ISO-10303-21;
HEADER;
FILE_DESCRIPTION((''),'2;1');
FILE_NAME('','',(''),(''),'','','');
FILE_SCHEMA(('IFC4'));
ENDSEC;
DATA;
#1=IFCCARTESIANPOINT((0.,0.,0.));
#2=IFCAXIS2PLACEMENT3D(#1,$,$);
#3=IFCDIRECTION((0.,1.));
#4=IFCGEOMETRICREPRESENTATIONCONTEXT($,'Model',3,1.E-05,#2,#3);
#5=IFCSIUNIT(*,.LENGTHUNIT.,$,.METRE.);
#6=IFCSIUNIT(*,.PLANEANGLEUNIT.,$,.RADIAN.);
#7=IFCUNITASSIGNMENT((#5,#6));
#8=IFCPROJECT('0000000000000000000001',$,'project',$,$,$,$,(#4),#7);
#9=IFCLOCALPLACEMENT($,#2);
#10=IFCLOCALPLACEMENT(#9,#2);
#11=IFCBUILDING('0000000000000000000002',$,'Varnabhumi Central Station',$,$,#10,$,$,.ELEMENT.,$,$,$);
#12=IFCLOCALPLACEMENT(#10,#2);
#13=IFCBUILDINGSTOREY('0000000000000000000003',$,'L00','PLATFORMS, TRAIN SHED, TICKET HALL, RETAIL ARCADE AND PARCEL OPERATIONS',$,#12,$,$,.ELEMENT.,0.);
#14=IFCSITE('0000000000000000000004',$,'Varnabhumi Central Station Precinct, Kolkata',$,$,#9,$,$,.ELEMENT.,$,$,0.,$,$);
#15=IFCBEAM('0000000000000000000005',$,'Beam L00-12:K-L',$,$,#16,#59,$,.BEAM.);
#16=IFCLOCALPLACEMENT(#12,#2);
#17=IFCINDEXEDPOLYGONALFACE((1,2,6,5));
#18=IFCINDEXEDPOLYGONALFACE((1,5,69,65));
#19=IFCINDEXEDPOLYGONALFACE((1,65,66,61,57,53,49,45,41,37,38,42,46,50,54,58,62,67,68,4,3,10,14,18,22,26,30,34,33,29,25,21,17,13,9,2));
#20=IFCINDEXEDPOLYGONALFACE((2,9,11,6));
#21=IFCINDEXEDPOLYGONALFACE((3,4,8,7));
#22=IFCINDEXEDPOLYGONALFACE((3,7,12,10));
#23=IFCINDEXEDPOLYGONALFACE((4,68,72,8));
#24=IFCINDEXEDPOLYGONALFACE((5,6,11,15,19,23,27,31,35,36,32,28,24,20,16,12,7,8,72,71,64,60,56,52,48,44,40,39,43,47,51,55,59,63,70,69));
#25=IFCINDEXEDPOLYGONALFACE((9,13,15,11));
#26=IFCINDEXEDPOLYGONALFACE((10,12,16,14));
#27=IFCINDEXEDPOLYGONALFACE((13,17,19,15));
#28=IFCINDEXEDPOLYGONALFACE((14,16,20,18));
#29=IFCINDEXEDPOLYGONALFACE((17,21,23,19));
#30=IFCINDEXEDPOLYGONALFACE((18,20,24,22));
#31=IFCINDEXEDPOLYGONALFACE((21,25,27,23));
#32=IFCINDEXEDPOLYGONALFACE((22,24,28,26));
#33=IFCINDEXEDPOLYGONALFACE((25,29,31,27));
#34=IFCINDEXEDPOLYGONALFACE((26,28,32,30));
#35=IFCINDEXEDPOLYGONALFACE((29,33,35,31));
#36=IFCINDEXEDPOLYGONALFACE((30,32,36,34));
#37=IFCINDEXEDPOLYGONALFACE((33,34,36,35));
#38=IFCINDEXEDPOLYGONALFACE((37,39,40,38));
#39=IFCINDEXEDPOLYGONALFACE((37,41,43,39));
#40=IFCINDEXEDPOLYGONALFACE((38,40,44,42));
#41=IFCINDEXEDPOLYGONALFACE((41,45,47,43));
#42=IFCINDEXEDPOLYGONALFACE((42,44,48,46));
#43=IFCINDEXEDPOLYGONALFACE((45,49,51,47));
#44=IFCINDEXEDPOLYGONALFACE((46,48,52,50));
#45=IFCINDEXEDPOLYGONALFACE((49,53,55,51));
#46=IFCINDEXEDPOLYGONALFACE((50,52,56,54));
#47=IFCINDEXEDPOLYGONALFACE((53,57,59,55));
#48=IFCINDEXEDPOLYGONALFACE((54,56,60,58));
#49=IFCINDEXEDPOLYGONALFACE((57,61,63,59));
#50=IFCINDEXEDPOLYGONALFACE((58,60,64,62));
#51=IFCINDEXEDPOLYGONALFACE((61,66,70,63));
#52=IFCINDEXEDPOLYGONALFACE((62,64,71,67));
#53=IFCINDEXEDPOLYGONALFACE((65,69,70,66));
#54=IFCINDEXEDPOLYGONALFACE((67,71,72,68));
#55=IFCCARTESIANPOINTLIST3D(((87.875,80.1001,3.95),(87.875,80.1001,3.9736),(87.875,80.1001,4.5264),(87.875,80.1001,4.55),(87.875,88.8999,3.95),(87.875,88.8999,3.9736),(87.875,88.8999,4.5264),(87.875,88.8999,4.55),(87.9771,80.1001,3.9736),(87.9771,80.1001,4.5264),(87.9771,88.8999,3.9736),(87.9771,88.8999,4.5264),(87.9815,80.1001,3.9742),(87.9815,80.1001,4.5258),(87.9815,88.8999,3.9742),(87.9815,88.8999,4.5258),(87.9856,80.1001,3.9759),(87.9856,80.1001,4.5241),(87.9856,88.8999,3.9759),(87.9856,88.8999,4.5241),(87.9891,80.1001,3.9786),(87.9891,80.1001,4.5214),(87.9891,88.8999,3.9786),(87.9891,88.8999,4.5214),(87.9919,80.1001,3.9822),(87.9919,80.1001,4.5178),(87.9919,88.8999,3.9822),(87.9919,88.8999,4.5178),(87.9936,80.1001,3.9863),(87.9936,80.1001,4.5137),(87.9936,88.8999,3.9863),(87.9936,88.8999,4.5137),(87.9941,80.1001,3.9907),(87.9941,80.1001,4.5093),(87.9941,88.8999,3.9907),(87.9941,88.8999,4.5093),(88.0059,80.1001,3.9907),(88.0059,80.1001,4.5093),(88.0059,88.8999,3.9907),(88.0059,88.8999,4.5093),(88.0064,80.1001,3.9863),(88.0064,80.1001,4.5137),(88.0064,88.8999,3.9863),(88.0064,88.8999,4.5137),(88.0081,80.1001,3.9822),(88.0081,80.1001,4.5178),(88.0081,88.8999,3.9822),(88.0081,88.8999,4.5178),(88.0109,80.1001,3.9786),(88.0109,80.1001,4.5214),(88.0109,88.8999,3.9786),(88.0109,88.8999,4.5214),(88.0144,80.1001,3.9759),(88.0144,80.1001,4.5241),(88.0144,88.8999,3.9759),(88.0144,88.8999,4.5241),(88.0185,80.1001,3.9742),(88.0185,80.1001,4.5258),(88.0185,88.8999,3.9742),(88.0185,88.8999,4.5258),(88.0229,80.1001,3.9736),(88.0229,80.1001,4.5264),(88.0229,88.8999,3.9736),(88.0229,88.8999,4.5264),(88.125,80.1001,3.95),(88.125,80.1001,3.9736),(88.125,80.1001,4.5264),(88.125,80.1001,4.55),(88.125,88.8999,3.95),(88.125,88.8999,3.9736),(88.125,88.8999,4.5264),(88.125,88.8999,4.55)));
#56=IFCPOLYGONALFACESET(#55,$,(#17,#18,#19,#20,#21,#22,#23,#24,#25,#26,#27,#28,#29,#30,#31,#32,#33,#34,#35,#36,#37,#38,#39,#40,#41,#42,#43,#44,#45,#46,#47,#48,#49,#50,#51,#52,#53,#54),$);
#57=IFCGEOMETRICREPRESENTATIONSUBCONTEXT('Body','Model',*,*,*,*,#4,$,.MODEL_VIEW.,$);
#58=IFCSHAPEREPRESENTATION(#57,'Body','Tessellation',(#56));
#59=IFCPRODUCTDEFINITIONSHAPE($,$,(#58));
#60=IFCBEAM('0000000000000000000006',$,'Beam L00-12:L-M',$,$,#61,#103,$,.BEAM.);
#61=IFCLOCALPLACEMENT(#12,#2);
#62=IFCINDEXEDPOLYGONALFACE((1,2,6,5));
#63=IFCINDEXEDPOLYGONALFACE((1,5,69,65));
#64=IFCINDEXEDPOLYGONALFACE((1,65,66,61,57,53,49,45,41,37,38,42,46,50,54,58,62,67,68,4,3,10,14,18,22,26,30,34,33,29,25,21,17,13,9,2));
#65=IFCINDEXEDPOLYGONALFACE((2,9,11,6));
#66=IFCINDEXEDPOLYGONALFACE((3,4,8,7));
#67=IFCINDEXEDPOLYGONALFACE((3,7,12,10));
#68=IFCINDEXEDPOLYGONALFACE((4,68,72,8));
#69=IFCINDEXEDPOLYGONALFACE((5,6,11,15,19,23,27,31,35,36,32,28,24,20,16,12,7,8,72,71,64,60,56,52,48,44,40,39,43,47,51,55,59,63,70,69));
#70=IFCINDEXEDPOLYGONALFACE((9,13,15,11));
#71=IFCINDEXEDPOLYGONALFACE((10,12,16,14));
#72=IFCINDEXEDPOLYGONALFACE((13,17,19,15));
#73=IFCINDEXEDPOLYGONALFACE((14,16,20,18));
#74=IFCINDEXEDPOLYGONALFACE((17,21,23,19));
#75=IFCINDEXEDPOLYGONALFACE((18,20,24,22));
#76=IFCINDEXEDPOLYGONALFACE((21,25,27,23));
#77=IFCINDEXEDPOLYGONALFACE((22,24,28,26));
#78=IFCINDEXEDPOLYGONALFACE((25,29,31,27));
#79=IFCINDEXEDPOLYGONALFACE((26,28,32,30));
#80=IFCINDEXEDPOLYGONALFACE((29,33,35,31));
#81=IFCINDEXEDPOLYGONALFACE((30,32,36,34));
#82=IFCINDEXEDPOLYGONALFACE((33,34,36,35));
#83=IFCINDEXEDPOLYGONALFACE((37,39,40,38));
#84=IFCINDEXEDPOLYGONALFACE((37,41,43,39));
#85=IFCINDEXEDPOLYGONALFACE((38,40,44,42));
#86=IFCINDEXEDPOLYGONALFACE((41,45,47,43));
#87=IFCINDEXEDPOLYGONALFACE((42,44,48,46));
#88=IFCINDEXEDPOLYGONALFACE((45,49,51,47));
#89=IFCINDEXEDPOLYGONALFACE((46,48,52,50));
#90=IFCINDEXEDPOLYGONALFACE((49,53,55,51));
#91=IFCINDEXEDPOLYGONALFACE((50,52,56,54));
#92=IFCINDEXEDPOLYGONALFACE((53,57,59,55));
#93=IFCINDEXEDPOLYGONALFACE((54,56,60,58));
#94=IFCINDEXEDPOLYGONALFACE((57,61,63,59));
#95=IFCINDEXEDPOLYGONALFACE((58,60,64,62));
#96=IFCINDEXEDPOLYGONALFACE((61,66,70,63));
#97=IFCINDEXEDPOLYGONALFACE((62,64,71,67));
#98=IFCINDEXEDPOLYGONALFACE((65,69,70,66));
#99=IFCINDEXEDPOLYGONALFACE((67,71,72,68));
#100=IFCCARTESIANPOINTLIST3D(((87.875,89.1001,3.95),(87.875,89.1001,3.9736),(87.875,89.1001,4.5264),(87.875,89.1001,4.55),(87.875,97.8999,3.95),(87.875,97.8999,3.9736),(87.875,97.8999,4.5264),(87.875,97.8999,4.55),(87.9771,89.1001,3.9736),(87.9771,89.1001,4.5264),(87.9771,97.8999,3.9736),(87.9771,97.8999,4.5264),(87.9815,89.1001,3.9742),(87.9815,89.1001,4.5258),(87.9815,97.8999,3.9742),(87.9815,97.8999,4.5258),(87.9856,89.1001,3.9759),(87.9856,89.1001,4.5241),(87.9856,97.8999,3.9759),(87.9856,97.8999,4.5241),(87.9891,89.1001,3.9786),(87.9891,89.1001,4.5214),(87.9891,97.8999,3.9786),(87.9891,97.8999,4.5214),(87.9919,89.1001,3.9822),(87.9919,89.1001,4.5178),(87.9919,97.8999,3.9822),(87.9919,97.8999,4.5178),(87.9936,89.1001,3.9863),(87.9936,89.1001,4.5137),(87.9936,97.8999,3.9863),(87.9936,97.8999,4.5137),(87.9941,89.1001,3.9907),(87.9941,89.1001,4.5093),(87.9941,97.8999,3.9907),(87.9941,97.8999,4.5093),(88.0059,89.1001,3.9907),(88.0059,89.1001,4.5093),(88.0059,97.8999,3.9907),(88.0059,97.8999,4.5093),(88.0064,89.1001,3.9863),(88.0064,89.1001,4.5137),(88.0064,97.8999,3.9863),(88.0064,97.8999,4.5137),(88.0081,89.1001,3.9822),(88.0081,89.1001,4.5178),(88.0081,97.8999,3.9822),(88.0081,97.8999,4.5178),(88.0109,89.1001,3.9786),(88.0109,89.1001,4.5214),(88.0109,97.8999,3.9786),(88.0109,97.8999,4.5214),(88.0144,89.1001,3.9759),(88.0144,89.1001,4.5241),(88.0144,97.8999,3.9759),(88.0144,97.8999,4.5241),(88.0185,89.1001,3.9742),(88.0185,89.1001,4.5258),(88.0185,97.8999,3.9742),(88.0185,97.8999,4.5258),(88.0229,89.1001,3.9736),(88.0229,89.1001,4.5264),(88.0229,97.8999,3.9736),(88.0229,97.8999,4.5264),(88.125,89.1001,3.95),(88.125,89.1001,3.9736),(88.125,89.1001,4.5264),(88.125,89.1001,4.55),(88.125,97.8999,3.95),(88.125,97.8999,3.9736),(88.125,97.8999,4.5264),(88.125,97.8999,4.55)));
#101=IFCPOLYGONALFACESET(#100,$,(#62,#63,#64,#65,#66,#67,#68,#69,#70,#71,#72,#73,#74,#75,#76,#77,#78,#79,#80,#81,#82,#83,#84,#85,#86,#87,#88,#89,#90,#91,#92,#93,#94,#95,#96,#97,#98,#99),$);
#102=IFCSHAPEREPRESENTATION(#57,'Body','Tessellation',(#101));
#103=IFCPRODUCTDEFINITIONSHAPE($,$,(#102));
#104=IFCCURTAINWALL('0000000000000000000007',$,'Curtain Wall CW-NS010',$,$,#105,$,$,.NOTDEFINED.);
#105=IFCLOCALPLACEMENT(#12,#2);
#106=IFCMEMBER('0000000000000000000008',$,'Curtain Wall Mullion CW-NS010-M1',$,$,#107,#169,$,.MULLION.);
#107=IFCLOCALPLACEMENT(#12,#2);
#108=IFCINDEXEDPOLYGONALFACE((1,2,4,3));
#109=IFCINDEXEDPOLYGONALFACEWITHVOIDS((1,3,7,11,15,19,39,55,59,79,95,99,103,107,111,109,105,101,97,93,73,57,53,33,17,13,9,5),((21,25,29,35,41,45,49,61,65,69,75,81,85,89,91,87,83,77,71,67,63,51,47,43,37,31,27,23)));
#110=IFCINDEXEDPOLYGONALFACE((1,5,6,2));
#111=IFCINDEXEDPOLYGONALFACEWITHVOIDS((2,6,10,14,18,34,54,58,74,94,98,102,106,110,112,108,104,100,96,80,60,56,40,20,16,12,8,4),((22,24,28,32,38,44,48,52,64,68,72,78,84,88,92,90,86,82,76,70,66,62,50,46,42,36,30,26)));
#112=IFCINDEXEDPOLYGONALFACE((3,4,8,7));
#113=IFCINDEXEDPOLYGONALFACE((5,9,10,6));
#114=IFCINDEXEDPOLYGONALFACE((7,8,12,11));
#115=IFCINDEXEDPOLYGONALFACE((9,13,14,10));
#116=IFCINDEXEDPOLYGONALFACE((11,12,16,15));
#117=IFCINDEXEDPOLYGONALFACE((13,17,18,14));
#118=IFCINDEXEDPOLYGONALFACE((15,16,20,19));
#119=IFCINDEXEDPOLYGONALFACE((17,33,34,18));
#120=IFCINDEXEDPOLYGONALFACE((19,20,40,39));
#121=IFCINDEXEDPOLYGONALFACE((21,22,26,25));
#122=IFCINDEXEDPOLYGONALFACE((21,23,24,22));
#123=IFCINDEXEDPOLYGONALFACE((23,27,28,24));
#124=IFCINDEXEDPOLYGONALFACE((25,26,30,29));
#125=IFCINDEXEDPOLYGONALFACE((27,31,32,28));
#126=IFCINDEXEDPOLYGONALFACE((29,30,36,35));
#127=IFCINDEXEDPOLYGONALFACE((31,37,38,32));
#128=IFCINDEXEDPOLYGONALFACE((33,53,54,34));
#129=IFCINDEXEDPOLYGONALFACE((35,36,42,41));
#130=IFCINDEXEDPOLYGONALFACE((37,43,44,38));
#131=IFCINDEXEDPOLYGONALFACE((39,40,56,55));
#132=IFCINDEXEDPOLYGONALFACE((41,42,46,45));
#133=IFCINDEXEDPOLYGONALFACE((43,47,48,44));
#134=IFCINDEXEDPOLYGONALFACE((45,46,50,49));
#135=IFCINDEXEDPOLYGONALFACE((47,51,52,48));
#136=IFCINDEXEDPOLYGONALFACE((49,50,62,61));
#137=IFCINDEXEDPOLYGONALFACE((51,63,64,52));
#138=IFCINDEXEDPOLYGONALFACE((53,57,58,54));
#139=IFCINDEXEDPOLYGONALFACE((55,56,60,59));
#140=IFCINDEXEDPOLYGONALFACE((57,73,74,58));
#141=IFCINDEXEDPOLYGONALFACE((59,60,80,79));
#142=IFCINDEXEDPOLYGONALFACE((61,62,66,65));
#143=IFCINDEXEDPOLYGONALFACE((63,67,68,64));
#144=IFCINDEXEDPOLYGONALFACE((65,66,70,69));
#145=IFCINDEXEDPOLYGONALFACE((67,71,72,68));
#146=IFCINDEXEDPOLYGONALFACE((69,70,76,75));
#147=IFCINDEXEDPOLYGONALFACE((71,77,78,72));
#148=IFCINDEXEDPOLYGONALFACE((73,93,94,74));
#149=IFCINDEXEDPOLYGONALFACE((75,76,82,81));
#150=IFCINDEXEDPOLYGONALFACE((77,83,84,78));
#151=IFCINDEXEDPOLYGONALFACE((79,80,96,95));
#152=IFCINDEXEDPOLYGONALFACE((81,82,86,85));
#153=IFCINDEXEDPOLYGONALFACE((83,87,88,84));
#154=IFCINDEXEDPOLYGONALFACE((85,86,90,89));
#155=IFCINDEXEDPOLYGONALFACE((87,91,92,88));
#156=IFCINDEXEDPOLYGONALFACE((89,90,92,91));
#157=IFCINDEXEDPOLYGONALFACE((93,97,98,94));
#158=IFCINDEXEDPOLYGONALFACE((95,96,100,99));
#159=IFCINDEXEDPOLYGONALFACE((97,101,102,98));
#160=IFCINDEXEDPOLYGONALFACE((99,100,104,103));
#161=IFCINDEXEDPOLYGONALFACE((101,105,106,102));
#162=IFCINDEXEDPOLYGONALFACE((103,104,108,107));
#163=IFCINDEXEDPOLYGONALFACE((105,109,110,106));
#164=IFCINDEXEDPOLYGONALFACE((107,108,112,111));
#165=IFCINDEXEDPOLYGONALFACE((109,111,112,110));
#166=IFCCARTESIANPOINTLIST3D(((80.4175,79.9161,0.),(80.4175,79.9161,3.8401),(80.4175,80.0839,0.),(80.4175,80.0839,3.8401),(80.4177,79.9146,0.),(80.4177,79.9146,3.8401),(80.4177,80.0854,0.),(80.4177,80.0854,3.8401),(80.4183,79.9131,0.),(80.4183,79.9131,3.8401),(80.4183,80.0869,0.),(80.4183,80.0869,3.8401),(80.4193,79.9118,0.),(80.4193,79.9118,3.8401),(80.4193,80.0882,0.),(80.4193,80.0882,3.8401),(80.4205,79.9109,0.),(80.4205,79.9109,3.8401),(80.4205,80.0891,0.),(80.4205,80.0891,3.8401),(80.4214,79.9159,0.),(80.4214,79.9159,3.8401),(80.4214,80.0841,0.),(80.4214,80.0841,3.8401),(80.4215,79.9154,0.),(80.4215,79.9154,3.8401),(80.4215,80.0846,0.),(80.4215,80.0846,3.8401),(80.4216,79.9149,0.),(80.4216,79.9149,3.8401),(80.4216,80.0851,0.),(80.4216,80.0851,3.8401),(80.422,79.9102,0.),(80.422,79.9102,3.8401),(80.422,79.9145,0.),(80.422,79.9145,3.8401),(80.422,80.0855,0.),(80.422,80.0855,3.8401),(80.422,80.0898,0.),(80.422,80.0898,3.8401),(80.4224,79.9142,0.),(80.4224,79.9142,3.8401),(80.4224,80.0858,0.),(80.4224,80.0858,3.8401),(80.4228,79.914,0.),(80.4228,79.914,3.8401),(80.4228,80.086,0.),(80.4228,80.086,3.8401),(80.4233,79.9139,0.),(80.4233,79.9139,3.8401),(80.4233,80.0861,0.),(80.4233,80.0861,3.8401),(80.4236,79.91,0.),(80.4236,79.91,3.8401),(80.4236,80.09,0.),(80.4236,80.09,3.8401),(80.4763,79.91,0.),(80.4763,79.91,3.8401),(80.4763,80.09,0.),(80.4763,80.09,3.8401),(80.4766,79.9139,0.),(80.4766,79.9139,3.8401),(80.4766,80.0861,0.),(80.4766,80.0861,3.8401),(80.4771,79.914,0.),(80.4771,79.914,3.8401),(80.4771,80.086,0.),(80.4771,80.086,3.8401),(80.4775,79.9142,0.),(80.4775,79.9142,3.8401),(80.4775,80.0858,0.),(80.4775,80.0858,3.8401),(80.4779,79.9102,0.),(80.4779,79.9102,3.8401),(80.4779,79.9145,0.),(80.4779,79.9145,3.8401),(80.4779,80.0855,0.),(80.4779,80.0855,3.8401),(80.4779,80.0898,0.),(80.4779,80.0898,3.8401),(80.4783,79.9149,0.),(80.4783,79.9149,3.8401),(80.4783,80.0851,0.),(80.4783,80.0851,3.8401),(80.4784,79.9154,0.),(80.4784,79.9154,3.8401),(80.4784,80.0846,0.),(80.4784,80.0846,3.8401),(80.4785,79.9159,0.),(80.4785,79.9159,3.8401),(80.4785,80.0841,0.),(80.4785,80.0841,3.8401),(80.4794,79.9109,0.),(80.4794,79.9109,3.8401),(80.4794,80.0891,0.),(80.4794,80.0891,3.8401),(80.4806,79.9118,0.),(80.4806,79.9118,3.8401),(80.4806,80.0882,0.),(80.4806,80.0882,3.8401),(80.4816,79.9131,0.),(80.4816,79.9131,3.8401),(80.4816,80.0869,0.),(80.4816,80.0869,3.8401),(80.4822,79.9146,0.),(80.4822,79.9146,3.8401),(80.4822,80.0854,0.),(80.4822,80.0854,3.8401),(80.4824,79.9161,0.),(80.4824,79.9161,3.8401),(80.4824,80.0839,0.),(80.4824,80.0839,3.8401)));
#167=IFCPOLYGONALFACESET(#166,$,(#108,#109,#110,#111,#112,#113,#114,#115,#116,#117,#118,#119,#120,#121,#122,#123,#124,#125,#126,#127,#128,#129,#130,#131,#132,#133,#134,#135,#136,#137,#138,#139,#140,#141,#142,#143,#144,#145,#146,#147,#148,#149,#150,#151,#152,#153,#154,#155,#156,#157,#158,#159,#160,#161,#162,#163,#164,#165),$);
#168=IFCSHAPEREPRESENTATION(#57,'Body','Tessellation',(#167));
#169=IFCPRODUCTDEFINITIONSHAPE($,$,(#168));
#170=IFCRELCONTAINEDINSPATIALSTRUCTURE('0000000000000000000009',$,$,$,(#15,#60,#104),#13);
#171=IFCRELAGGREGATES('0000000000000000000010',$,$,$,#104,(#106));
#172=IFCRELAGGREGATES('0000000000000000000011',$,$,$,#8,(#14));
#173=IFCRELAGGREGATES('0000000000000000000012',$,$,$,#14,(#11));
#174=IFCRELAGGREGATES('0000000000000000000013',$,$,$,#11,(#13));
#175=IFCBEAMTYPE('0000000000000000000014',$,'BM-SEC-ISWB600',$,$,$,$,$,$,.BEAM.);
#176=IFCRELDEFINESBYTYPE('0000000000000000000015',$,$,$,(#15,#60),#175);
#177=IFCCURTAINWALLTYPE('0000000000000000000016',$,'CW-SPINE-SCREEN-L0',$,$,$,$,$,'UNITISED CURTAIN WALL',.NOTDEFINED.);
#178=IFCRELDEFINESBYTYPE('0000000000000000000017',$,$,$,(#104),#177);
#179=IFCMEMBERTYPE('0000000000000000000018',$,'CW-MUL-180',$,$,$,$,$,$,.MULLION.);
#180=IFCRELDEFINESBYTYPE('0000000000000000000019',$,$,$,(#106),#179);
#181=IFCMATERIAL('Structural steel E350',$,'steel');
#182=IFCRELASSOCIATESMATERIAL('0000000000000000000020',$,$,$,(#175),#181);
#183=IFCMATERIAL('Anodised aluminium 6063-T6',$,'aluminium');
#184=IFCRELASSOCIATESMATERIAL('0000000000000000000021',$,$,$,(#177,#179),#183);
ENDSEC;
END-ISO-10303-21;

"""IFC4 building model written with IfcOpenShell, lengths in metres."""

from ifc_helpers import new_model, si_unit, direction, frame, origin, origin_2d, place, context, subcontext, project, spatial, hollow_rectangle, i_section, extrude, material, material_profile, profile_set, type_object, element, aggregate, save


model = new_model("IFC4")

# Units and contexts
model_context = context("Model", 3, precision=1e-05, world=origin(), true_north=direction((0.0, 1.0)))
body_context = subcontext(model_context, "Body", "Model", "MODEL_VIEW")
ifc_project = project(units=[si_unit("LENGTHUNIT", "METRE"), si_unit("PLANEANGLEUNIT", "RADIAN")], contexts=[model_context])

# Site, building, storey
site_placement = place(None, origin())
site = spatial("IfcSite", under=ifc_project, at=site_placement, Name="Varnabhumi Central Station Precinct, Kolkata", CompositionType="ELEMENT", RefElevation=0.0)
building_placement = place(site_placement, origin())
building = spatial("IfcBuilding", under=site, at=building_placement, Name="Varnabhumi Central Station", CompositionType="ELEMENT")
storey_placement = place(building_placement, origin())
storey = spatial("IfcBuildingStorey", under=building, at=storey_placement, Name="L00", Description="PLATFORMS, TRAIN SHED, TICKET HALL, RETAIL ARCADE AND PARCEL OPERATIONS", CompositionType="ELEMENT", Elevation=0.0)

# Beams
ifc_material_1 = material(Name="Structural steel E350", Category="steel")
ifc_material_profile_1 = material_profile(ifc_material_1, i_section(OverallWidth=0.25, OverallDepth=0.6001, WebThickness=0.0117, FlangeThickness=0.0237, FilletRadius=0.0171, at=origin_2d()), Name="Structural steel E350", Category="steel")
ifc_profile_set_1 = profile_set([ifc_material_profile_1], Name="Structural steel E350")
beam_type_1 = type_object("IfcBeamType", Name="BM-SEC-ISWB600", PredefinedType="BEAM", material=ifc_profile_set_1)
for number, where, z_axis, x_axis, name in (
    (1, (88.0, 80.1001, 4.25), (0.0, 1.0, 0.0), (-1.0, 0.0, 0.0), "Beam L00-12:K-L"),
    (2, (88.0, 89.1001, 4.25), (0.0, 1.0, 0.0), (-1.0, 0.0, 0.0), "Beam L00-12:L-M"),
):
    element("IfcBeam", number, at=place(storey_placement, frame(where, z_axis=z_axis, x_axis=x_axis)), inside=storey, type_object=beam_type_1, Name=name, PredefinedType="BEAM", context=body_context, shape_type="SweptSolid", body=[
        extrude(i_section(OverallWidth=0.25, OverallDepth=0.6001, WebThickness=0.0117, FlangeThickness=0.0237, FilletRadius=0.0171, at=origin_2d()), origin(), (0.0, 0.0, 1.0), 8.7998),
    ])

# Curtain wall, member
ifc_material_2 = material(Name="Anodised aluminium 6063-T6", Category="aluminium")
curtain_wall_type = type_object("IfcCurtainWallType", Name="CW-SPINE-SCREEN-L0", ElementType="UNITISED CURTAIN WALL", PredefinedType="NOTDEFINED", material=ifc_material_2)
curtain_wall_placement = place(storey_placement, origin())
curtain_wall = element("IfcCurtainWall", 3, at=curtain_wall_placement, inside=storey, type_object=curtain_wall_type, Name="Curtain Wall CW-NS010", PredefinedType="NOTDEFINED")
ifc_material_profile_2 = material_profile(ifc_material_2, hollow_rectangle(XDim=0.0649, YDim=0.1799, WallThickness=0.0039, InnerFilletRadius=0.002, OuterFilletRadius=0.0061, at=origin_2d()), Name="Anodised aluminium 6063-T6", Category="aluminium")
ifc_profile_set_2 = profile_set([ifc_material_profile_2], Name="Anodised aluminium 6063-T6")
member_type_1 = type_object("IfcMemberType", Name="CW-MUL-180", PredefinedType="MULLION", material=ifc_profile_set_2)
member_1_placement = place(storey_placement, frame((80.45, 80.0, 0.0), z_axis=(0.0, 0.0, 1.0), x_axis=(1.0, 0.0, 0.0)))
member_1 = element("IfcMember", 4, at=member_1_placement, type_object=member_type_1, Name="Curtain Wall Mullion CW-NS010-M1", PredefinedType="MULLION", context=body_context, shape_type="SweptSolid", body=[
    extrude(hollow_rectangle(XDim=0.0649, YDim=0.1799, WallThickness=0.0039, InnerFilletRadius=0.002, OuterFilletRadius=0.0061, at=origin_2d()), origin(), (0.0, 0.0, 1.0), 3.8401),
])
aggregate(curtain_wall, [member_1])

save(model, "model.ifc")
